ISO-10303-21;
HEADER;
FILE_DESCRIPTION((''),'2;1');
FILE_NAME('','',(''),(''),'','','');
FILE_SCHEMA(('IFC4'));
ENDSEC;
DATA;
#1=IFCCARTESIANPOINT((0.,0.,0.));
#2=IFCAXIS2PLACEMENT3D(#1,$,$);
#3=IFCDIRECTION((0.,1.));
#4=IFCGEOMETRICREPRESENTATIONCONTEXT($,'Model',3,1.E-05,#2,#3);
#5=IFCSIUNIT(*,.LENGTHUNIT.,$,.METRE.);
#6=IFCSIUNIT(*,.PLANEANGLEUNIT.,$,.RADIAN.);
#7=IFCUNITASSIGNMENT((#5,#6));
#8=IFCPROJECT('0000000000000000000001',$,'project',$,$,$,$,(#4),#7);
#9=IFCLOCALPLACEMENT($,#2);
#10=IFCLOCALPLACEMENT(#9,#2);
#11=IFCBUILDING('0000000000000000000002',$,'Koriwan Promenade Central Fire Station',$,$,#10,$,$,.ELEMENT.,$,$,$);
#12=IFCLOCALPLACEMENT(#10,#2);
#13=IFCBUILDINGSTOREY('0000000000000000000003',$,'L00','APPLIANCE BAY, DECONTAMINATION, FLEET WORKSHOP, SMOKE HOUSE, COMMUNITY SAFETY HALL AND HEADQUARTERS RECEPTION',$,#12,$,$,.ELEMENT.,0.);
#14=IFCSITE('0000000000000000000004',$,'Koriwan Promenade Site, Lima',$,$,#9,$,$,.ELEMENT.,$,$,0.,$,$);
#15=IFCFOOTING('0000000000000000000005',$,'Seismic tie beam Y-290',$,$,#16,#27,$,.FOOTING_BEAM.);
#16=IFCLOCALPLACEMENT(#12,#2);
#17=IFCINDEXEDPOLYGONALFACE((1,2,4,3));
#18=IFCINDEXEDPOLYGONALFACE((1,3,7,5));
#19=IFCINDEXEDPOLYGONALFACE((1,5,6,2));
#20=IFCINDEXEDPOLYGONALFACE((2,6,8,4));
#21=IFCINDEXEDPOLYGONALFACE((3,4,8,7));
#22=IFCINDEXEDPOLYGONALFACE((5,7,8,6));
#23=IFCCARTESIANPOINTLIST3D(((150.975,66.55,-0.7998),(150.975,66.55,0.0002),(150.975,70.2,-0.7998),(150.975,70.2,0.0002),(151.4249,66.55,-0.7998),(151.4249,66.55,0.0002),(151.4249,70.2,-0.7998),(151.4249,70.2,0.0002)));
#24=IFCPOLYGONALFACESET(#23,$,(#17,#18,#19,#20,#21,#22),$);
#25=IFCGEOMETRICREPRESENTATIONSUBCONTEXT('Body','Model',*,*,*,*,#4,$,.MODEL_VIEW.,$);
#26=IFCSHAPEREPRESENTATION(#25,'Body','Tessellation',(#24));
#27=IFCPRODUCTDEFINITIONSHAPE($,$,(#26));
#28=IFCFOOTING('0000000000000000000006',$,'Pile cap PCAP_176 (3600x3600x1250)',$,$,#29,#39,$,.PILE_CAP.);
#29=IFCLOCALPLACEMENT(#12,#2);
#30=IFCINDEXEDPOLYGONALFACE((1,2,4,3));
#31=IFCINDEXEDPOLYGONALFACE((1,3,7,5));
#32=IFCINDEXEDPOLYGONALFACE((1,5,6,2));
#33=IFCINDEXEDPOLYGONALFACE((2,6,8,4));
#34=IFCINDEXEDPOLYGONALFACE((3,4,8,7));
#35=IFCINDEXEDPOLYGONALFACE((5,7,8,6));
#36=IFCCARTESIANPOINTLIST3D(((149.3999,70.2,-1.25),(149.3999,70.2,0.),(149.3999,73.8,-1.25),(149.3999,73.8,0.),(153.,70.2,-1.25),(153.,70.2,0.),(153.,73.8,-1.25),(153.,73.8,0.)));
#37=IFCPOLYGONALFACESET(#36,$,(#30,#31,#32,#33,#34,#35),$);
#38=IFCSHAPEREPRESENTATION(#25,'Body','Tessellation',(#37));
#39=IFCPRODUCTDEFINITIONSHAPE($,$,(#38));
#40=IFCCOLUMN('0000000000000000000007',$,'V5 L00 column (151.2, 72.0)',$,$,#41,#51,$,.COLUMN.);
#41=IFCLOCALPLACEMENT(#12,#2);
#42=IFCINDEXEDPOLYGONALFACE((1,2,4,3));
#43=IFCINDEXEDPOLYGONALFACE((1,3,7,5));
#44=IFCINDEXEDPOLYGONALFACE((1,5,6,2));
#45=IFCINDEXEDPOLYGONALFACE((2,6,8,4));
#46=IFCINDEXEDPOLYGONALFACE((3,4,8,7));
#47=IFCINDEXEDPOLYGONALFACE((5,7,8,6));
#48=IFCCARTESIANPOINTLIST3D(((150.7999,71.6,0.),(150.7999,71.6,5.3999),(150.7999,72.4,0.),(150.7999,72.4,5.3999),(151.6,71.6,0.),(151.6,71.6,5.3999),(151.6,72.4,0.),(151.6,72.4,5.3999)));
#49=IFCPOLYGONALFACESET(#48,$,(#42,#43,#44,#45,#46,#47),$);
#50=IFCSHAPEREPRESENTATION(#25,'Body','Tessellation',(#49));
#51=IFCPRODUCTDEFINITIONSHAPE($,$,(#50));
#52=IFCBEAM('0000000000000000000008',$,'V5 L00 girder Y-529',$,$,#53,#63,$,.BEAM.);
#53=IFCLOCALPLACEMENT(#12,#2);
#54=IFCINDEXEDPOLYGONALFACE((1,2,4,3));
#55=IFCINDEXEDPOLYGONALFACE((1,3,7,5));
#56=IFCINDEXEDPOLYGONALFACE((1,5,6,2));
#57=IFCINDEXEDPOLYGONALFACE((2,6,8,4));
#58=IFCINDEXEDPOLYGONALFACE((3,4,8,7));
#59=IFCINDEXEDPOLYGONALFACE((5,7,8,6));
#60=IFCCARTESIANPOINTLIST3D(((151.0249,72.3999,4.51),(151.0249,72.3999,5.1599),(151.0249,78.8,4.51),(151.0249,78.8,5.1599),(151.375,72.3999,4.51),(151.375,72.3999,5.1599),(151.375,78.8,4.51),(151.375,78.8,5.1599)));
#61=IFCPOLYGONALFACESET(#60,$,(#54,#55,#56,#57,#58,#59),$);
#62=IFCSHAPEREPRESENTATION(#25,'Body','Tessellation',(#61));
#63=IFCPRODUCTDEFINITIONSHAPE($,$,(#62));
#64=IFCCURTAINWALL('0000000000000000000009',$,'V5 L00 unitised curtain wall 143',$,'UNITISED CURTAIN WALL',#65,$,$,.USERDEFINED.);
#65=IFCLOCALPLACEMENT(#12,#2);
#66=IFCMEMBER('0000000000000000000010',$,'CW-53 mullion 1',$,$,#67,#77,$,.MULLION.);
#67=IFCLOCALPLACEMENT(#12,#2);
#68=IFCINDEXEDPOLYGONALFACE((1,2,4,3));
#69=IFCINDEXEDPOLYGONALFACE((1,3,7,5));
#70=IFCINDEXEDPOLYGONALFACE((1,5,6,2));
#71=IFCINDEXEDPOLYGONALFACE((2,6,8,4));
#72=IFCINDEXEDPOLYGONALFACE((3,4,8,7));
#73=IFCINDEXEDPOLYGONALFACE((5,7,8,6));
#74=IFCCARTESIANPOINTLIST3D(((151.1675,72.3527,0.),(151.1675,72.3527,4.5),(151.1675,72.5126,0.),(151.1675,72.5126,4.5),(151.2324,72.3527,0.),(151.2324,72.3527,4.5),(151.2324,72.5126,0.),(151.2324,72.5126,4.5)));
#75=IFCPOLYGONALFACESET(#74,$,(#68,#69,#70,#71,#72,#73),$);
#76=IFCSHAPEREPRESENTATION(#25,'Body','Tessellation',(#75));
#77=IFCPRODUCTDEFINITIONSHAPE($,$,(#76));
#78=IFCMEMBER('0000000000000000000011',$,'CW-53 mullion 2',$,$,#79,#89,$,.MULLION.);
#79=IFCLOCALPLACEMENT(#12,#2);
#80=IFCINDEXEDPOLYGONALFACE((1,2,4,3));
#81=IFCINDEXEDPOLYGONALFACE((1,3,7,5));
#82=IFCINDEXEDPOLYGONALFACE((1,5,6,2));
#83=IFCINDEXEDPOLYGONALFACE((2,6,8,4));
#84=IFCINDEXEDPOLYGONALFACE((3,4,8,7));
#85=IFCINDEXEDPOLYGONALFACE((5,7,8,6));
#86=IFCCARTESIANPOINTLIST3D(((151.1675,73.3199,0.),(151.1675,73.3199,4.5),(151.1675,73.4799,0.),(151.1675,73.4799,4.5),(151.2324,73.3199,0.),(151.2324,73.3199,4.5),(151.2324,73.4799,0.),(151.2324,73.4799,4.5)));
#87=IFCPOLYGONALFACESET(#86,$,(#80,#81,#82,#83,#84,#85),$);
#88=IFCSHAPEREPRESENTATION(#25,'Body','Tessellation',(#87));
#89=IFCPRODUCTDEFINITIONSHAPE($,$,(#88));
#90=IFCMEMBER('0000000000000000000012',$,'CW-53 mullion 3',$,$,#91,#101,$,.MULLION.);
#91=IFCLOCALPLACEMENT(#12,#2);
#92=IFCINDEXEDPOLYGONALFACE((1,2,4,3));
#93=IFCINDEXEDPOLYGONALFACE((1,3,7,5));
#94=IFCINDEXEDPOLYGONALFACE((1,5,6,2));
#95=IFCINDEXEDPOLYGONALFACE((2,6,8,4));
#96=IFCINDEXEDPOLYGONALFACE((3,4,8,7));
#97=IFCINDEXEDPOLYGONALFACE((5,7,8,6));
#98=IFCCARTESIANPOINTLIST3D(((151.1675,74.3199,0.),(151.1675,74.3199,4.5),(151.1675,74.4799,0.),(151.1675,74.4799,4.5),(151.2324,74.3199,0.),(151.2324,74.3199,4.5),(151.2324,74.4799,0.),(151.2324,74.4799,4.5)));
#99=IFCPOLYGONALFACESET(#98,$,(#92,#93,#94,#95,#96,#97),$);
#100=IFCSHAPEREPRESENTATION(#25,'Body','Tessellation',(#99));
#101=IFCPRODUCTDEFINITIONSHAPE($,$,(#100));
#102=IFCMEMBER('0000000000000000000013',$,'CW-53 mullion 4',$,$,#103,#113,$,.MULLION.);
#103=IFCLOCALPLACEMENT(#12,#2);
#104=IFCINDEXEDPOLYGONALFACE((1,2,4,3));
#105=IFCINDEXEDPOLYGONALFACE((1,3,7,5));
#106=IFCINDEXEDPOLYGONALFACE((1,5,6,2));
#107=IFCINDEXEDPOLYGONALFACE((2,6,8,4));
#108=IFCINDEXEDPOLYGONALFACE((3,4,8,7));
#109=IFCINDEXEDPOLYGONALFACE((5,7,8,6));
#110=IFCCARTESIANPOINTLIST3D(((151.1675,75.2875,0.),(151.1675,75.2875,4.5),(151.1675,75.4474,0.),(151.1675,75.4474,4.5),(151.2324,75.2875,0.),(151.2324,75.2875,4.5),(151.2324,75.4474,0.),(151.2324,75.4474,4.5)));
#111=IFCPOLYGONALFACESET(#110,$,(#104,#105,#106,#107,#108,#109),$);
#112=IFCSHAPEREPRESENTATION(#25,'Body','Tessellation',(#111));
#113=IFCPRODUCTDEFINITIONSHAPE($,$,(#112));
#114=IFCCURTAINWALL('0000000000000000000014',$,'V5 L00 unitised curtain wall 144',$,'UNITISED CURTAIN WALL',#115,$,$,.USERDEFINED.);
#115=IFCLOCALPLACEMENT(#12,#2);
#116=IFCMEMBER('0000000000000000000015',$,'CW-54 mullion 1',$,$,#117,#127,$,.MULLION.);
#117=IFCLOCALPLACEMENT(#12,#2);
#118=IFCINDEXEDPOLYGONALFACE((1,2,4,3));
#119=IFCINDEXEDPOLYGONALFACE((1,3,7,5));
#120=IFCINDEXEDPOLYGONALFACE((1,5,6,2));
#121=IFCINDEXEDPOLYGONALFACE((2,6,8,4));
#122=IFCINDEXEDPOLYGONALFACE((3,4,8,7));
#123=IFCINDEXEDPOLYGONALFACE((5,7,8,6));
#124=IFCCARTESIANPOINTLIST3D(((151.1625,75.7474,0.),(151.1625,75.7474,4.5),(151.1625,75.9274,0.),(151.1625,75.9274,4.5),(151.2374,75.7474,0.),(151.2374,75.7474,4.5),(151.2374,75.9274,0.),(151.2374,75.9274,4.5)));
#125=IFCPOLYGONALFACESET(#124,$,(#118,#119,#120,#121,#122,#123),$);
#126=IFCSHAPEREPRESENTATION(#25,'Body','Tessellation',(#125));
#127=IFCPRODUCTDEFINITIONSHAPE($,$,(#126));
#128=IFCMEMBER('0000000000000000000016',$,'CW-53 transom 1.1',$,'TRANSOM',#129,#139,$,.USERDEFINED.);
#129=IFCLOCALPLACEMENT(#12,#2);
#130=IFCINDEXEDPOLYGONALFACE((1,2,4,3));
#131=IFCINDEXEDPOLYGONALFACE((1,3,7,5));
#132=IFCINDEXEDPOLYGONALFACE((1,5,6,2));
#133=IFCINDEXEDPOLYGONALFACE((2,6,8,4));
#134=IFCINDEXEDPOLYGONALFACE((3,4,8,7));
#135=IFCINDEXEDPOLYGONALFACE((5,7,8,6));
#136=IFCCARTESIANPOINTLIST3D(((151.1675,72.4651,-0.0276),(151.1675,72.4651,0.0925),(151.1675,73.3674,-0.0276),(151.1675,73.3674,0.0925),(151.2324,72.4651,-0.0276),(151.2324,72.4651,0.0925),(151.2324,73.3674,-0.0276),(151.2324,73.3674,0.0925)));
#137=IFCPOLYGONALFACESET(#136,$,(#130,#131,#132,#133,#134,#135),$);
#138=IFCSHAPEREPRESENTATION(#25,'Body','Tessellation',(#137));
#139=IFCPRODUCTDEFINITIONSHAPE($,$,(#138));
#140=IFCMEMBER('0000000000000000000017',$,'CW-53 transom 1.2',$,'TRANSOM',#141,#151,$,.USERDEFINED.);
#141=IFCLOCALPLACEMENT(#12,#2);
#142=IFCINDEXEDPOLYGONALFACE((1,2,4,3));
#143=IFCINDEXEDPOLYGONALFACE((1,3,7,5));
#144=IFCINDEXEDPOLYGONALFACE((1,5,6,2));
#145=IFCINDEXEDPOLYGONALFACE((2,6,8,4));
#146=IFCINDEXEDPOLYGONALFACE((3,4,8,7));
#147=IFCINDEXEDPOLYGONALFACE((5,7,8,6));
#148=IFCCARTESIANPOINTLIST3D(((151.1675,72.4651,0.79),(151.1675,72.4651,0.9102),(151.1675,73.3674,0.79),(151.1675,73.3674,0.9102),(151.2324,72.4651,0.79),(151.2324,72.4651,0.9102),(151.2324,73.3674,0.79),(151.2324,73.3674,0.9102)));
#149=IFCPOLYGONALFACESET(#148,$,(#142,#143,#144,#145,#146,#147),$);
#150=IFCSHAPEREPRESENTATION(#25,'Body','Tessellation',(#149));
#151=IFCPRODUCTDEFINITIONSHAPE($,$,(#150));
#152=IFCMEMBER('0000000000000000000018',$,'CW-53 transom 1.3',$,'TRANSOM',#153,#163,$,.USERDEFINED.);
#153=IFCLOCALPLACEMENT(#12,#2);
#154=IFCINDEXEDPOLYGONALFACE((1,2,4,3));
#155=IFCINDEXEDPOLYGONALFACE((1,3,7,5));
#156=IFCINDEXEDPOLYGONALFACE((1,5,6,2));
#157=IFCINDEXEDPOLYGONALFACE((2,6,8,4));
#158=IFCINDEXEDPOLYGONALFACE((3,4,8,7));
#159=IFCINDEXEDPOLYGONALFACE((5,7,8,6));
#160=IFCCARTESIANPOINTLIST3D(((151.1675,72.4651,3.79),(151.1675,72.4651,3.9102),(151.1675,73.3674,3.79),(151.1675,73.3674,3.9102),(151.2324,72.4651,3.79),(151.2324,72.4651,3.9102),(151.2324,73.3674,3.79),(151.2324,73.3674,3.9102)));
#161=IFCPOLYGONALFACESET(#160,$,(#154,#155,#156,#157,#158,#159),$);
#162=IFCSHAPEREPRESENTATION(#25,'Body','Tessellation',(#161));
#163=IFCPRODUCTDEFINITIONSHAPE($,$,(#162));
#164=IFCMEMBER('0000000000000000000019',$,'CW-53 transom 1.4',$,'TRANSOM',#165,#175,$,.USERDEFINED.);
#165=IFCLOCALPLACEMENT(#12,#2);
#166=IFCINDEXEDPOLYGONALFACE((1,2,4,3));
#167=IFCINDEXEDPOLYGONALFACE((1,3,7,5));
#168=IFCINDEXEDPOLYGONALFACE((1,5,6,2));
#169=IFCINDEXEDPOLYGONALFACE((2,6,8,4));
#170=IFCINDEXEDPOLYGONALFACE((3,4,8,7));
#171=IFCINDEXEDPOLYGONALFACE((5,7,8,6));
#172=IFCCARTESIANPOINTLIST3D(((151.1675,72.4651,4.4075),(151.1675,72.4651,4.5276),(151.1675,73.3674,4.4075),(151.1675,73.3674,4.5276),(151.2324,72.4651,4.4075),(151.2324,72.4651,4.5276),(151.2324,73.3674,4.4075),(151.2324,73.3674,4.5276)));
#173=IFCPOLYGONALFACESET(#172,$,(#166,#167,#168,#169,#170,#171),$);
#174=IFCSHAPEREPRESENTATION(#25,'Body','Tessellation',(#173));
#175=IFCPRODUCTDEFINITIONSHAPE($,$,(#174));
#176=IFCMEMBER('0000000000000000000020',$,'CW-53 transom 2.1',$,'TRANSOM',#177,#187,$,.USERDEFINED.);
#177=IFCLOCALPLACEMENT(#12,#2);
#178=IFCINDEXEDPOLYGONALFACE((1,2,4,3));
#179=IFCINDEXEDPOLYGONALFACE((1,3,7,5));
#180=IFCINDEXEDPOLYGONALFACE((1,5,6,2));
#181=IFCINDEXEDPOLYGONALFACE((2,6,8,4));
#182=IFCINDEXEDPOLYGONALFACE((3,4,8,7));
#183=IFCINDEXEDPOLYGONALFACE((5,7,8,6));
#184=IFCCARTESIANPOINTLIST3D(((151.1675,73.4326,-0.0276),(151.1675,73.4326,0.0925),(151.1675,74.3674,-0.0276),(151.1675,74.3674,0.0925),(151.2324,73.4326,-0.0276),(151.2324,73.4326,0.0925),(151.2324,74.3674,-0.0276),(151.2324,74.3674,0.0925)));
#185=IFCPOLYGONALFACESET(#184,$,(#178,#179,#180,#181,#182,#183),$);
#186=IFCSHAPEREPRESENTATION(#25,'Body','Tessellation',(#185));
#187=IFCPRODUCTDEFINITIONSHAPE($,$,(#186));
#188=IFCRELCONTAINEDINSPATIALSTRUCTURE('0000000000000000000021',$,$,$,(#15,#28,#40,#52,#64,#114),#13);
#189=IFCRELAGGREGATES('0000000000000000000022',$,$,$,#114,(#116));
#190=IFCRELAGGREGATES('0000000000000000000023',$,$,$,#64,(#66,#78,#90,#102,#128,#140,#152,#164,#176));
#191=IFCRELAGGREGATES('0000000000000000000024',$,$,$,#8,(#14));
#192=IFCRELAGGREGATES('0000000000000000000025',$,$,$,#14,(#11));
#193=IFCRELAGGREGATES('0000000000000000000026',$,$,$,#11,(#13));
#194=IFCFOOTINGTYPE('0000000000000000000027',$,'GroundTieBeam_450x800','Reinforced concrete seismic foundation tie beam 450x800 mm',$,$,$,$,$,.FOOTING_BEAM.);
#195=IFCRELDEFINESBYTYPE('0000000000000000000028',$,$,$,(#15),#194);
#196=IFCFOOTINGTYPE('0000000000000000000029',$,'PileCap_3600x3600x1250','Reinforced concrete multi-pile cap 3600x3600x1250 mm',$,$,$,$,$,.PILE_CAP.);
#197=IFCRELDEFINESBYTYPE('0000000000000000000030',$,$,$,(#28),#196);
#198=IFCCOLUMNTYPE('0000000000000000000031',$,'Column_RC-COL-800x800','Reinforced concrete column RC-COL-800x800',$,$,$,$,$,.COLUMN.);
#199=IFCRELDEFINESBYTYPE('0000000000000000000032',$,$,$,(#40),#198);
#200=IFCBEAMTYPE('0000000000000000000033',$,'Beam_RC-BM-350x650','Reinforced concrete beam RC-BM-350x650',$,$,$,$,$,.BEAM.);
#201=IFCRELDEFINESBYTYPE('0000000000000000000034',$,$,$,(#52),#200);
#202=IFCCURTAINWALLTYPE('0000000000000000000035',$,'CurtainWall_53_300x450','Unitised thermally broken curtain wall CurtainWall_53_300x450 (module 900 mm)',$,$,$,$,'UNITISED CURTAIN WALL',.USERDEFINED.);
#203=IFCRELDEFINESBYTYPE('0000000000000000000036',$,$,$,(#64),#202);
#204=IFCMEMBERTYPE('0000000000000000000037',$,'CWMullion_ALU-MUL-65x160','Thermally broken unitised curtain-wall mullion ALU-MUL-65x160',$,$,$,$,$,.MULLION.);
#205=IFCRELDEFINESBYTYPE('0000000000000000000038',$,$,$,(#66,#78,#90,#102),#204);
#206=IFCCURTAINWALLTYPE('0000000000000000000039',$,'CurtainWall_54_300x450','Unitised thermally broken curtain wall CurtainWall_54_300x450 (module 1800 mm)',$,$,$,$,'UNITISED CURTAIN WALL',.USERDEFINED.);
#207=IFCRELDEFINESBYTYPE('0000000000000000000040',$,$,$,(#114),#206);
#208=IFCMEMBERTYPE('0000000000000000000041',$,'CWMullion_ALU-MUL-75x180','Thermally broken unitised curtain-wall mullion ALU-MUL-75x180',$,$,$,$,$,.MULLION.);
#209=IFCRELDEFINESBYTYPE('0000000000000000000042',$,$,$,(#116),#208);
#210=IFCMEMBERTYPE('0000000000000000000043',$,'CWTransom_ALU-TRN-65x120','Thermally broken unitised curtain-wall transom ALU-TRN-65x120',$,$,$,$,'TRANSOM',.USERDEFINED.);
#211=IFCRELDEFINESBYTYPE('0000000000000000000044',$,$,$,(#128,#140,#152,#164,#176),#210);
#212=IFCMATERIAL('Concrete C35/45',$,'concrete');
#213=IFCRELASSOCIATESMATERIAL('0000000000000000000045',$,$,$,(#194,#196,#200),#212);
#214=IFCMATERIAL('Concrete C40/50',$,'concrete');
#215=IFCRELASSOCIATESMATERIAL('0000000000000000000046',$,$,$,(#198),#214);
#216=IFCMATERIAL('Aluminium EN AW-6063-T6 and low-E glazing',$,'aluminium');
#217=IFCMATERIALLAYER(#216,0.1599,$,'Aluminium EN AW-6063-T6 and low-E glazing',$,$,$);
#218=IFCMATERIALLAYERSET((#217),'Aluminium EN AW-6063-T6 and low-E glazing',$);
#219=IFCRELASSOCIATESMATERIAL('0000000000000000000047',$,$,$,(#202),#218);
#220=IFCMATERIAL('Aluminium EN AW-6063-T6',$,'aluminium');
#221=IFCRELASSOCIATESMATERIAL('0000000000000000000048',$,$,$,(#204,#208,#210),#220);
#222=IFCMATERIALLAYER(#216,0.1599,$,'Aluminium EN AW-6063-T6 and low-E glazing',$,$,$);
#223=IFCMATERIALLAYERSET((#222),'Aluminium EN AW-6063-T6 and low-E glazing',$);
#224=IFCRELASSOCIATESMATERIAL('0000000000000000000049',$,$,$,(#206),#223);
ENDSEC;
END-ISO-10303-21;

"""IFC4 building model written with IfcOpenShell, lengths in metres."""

from ifc_helpers import new_model, si_unit, direction, frame, origin, origin_2d, place, context, subcontext, project, spatial, rectangle, extrude, material, layer, layer_set, material_profile, profile_set, type_object, element, aggregate, save


model = new_model("IFC4")

# Units and contexts
model_context = context("Model", 3, precision=1e-05, world=origin(), true_north=direction((0.0, 1.0)))
body_context = subcontext(model_context, "Body", "Model", "MODEL_VIEW")
ifc_project = project(units=[si_unit("LENGTHUNIT", "METRE"), si_unit("PLANEANGLEUNIT", "RADIAN")], contexts=[model_context])

# Site, building, storey
site_placement = place(None, origin())
site = spatial("IfcSite", under=ifc_project, at=site_placement, Name="Koriwan Promenade Site, Lima", CompositionType="ELEMENT", RefElevation=0.0)
building_placement = place(site_placement, origin())
building = spatial("IfcBuilding", under=site, at=building_placement, Name="Koriwan Promenade Central Fire Station", CompositionType="ELEMENT")
storey_placement = place(building_placement, origin())
storey = spatial("IfcBuildingStorey", under=building, at=storey_placement, Name="L00", Description="APPLIANCE BAY, DECONTAMINATION, FLEET WORKSHOP, SMOKE HOUSE, COMMUNITY SAFETY HALL AND HEADQUARTERS RECEPTION", CompositionType="ELEMENT", Elevation=0.0)

# Footings
ifc_material_1 = material(Name="Concrete C35/45", Category="concrete")
footing_type_1 = type_object("IfcFootingType", Name="GroundTieBeam_450x800", Description="Reinforced concrete seismic foundation tie beam 450x800 mm", PredefinedType="FOOTING_BEAM", material=ifc_material_1)
footing_1_placement = place(storey_placement, frame((151.2, 68.375, -0.7998), z_axis=(0.0, 0.0, 1.0), x_axis=(0.0, 1.0, 0.0)))
element("IfcFooting", 1, at=footing_1_placement, inside=storey, type_object=footing_type_1, Name="Seismic tie beam Y-290", PredefinedType="FOOTING_BEAM", context=body_context, shape_type="SweptSolid", body=[
    extrude(rectangle(XDim=3.6499, YDim=0.45, at=origin_2d()), origin(), (0.0, 0.0, 1.0), 0.8),
])
footing_type_2 = type_object("IfcFootingType", Name="PileCap_3600x3600x1250", Description="Reinforced concrete multi-pile cap 3600x3600x1250 mm", PredefinedType="PILE_CAP", material=ifc_material_1)
footing_2_placement = place(storey_placement, frame((151.2, 72.0, -1.25), z_axis=(0.0, 0.0, 1.0), x_axis=(1.0, 0.0, 0.0)))
element("IfcFooting", 2, at=footing_2_placement, inside=storey, type_object=footing_type_2, Name="Pile cap PCAP_176 (3600x3600x1250)", PredefinedType="PILE_CAP", context=body_context, shape_type="SweptSolid", body=[
    extrude(rectangle(XDim=3.6001, YDim=3.6001, at=origin_2d()), origin(), (0.0, 0.0, 1.0), 1.25),
])

# Column
ifc_material_2 = material(Name="Concrete C40/50", Category="concrete")
ifc_material_profile_1 = material_profile(ifc_material_2, rectangle(XDim=0.8, YDim=0.8, at=origin_2d()), Name="RC-COL-800x800")
ifc_profile_set_1 = profile_set([ifc_material_profile_1], Name="Concrete C40/50")
column_type = type_object("IfcColumnType", Name="Column_RC-COL-800x800", Description="Reinforced concrete column RC-COL-800x800", PredefinedType="COLUMN", material=ifc_profile_set_1)
column_placement = place(storey_placement, frame((151.2, 72.0, 0.0), z_axis=(0.0, 0.0, 1.0), x_axis=(1.0, 0.0, 0.0)))
element("IfcColumn", 3, at=column_placement, inside=storey, type_object=column_type, Name="V5 L00 column (151.2, 72.0)", PredefinedType="COLUMN", context=body_context, shape_type="SweptSolid", body=[
    extrude(rectangle(XDim=0.8, YDim=0.8, at=origin_2d()), origin(), (0.0, 0.0, 1.0), 5.3999),
])

# Beam
ifc_material_profile_2 = material_profile(ifc_material_1, rectangle(XDim=0.3501, YDim=0.6499, at=origin_2d()), Name="RC-BM-350x650")
ifc_profile_set_2 = profile_set([ifc_material_profile_2], Name="Concrete C35/45")
beam_type = type_object("IfcBeamType", Name="Beam_RC-BM-350x650", Description="Reinforced concrete beam RC-BM-350x650", PredefinedType="BEAM", material=ifc_profile_set_2)
beam_placement = place(storey_placement, frame((151.2, 72.3999, 4.835), z_axis=(0.0, 1.0, 0.0), x_axis=(-1.0, 0.0, 0.0)))
element("IfcBeam", 4, at=beam_placement, inside=storey, type_object=beam_type, Name="V5 L00 girder Y-529", PredefinedType="BEAM", context=body_context, shape_type="SweptSolid", body=[
    extrude(rectangle(XDim=0.3501, YDim=0.6499, at=origin_2d()), origin(), (0.0, 0.0, 1.0), 6.4001),
])

# Curtain wall, members
ifc_material_3 = material(Name="Aluminium EN AW-6063-T6 and low-E glazing", Category="aluminium")
ifc_layer_1 = layer(ifc_material_3, 0.1599, Name="Aluminium EN AW-6063-T6 and low-E glazing")
ifc_layer_set_1 = layer_set([ifc_layer_1], Name="Aluminium EN AW-6063-T6 and low-E glazing")
curtain_wall_type_1 = type_object("IfcCurtainWallType", Name="CurtainWall_53_300x450", Description="Unitised thermally broken curtain wall CurtainWall_53_300x450 (module 900 mm)", ElementType="UNITISED CURTAIN WALL", PredefinedType="USERDEFINED", material=ifc_layer_set_1)
curtain_wall_1_placement = place(storey_placement, origin())
curtain_wall_1 = element("IfcCurtainWall", 5, at=curtain_wall_1_placement, inside=storey, type_object=curtain_wall_type_1, Name="V5 L00 unitised curtain wall 143", ObjectType="UNITISED CURTAIN WALL", PredefinedType="USERDEFINED")
ifc_material_4 = material(Name="Aluminium EN AW-6063-T6", Category="aluminium")
ifc_material_profile_3 = material_profile(ifc_material_4, rectangle(XDim=0.0649, YDim=0.1599, at=origin_2d()), Name="ALU-MUL-65x160")
ifc_profile_set_3 = profile_set([ifc_material_profile_3], Name="Aluminium EN AW-6063-T6")
member_type_1 = type_object("IfcMemberType", Name="CWMullion_ALU-MUL-65x160", Description="Thermally broken unitised curtain-wall mullion ALU-MUL-65x160", PredefinedType="MULLION", material=ifc_profile_set_3)
member_1_placement = place(storey_placement, frame((151.2, 72.4326, 0.0), z_axis=(0.0, 0.0, 1.0), x_axis=(-1.0, 0.0, 0.0)))
member_1 = element("IfcMember", 6, at=member_1_placement, type_object=member_type_1, Name="CW-53 mullion 1", PredefinedType="MULLION", context=body_context, shape_type="SweptSolid", body=[
    extrude(rectangle(XDim=0.0649, YDim=0.1599, at=origin_2d()), origin(), (0.0, 0.0, 1.0), 4.5),
])
member_2_placement = place(storey_placement, frame((151.2, 73.3999, 0.0), z_axis=(0.0, 0.0, 1.0), x_axis=(-1.0, 0.0, 0.0)))
member_2 = element("IfcMember", 7, at=member_2_placement, type_object=member_type_1, Name="CW-53 mullion 2", PredefinedType="MULLION", context=body_context, shape_type="SweptSolid", body=[
    extrude(rectangle(XDim=0.0649, YDim=0.1599, at=origin_2d()), origin(), (0.0, 0.0, 1.0), 4.5),
])
member_3_placement = place(storey_placement, frame((151.2, 74.3999, 0.0), z_axis=(0.0, 0.0, 1.0), x_axis=(-1.0, 0.0, 0.0)))
member_3 = element("IfcMember", 8, at=member_3_placement, type_object=member_type_1, Name="CW-53 mullion 3", PredefinedType="MULLION", context=body_context, shape_type="SweptSolid", body=[
    extrude(rectangle(XDim=0.0649, YDim=0.1599, at=origin_2d()), origin(), (0.0, 0.0, 1.0), 4.5),
])
member_4_placement = place(storey_placement, frame((151.2, 75.3674, 0.0), z_axis=(0.0, 0.0, 1.0), x_axis=(-1.0, 0.0, 0.0)))
member_4 = element("IfcMember", 9, at=member_4_placement, type_object=member_type_1, Name="CW-53 mullion 4", PredefinedType="MULLION", context=body_context, shape_type="SweptSolid", body=[
    extrude(rectangle(XDim=0.0649, YDim=0.1599, at=origin_2d()), origin(), (0.0, 0.0, 1.0), 4.5),
])

# Curtain wall, member
ifc_layer_2 = layer(ifc_material_3, 0.1599, Name="Aluminium EN AW-6063-T6 and low-E glazing")
ifc_layer_set_2 = layer_set([ifc_layer_2], Name="Aluminium EN AW-6063-T6 and low-E glazing")
curtain_wall_type_2 = type_object("IfcCurtainWallType", Name="CurtainWall_54_300x450", Description="Unitised thermally broken curtain wall CurtainWall_54_300x450 (module 1800 mm)", ElementType="UNITISED CURTAIN WALL", PredefinedType="USERDEFINED", material=ifc_layer_set_2)
curtain_wall_2_placement = place(storey_placement, origin())
curtain_wall_2 = element("IfcCurtainWall", 10, at=curtain_wall_2_placement, inside=storey, type_object=curtain_wall_type_2, Name="V5 L00 unitised curtain wall 144", ObjectType="UNITISED CURTAIN WALL", PredefinedType="USERDEFINED")
ifc_material_profile_4 = material_profile(ifc_material_4, rectangle(XDim=0.075, YDim=0.1799, at=origin_2d()), Name="ALU-MUL-75x180")
ifc_profile_set_4 = profile_set([ifc_material_profile_4], Name="Aluminium EN AW-6063-T6")
member_type_2 = type_object("IfcMemberType", Name="CWMullion_ALU-MUL-75x180", Description="Thermally broken unitised curtain-wall mullion ALU-MUL-75x180", PredefinedType="MULLION", material=ifc_profile_set_4)
member_5_placement = place(storey_placement, frame((151.2, 75.8374, 0.0), z_axis=(0.0, 0.0, 1.0), x_axis=(-1.0, 0.0, 0.0)))
member_5 = element("IfcMember", 11, at=member_5_placement, type_object=member_type_2, Name="CW-54 mullion 1", PredefinedType="MULLION", context=body_context, shape_type="SweptSolid", body=[
    extrude(rectangle(XDim=0.075, YDim=0.1799, at=origin_2d()), origin(), (0.0, 0.0, 1.0), 4.5),
])

# Members
ifc_material_profile_5 = material_profile(ifc_material_4, rectangle(XDim=0.0649, YDim=0.1201, at=origin_2d()), Name="ALU-TRN-65x120")
ifc_profile_set_5 = profile_set([ifc_material_profile_5], Name="Aluminium EN AW-6063-T6")
member_type_3 = type_object("IfcMemberType", Name="CWTransom_ALU-TRN-65x120", Description="Thermally broken unitised curtain-wall transom ALU-TRN-65x120", ElementType="TRANSOM", PredefinedType="USERDEFINED", material=ifc_profile_set_5)
member_6_placement = place(storey_placement, frame((151.2, 72.4651, 0.0325), z_axis=(0.0, 1.0, 0.0), x_axis=(-1.0, 0.0, 0.0)))
member_6 = element("IfcMember", 12, at=member_6_placement, type_object=member_type_3, Name="CW-53 transom 1.1", ObjectType="TRANSOM", PredefinedType="USERDEFINED", context=body_context, shape_type="SweptSolid", body=[
    extrude(rectangle(XDim=0.0649, YDim=0.1201, at=origin_2d()), origin(), (0.0, 0.0, 1.0), 0.9023),
])
member_7_placement = place(storey_placement, frame((151.2, 72.4651, 0.8501), z_axis=(0.0, 1.0, 0.0), x_axis=(-1.0, 0.0, 0.0)))
member_7 = element("IfcMember", 13, at=member_7_placement, type_object=member_type_3, Name="CW-53 transom 1.2", ObjectType="TRANSOM", PredefinedType="USERDEFINED", context=body_context, shape_type="SweptSolid", body=[
    extrude(rectangle(XDim=0.0649, YDim=0.1201, at=origin_2d()), origin(), (0.0, 0.0, 1.0), 0.9023),
])
member_8_placement = place(storey_placement, frame((151.2, 72.4651, 3.8501), z_axis=(0.0, 1.0, 0.0), x_axis=(-1.0, 0.0, 0.0)))
member_8 = element("IfcMember", 14, at=member_8_placement, type_object=member_type_3, Name="CW-53 transom 1.3", ObjectType="TRANSOM", PredefinedType="USERDEFINED", context=body_context, shape_type="SweptSolid", body=[
    extrude(rectangle(XDim=0.0649, YDim=0.1201, at=origin_2d()), origin(), (0.0, 0.0, 1.0), 0.9023),
])
member_9_placement = place(storey_placement, frame((151.2, 72.4651, 4.4675), z_axis=(0.0, 1.0, 0.0), x_axis=(-1.0, 0.0, 0.0)))
member_9 = element("IfcMember", 15, at=member_9_placement, type_object=member_type_3, Name="CW-53 transom 1.4", ObjectType="TRANSOM", PredefinedType="USERDEFINED", context=body_context, shape_type="SweptSolid", body=[
    extrude(rectangle(XDim=0.0649, YDim=0.1201, at=origin_2d()), origin(), (0.0, 0.0, 1.0), 0.9023),
])
member_10_placement = place(storey_placement, frame((151.2, 73.4326, 0.0325), z_axis=(0.0, 1.0, 0.0), x_axis=(-1.0, 0.0, 0.0)))
member_10 = element("IfcMember", 16, at=member_10_placement, type_object=member_type_3, Name="CW-53 transom 2.1", ObjectType="TRANSOM", PredefinedType="USERDEFINED", context=body_context, shape_type="SweptSolid", body=[
    extrude(rectangle(XDim=0.0649, YDim=0.1201, at=origin_2d()), origin(), (0.0, 0.0, 1.0), 0.9348),
])
aggregate(curtain_wall_2, [member_5])

aggregate(curtain_wall_1, [member_1, member_2, member_3, member_4, member_6, member_7, member_8, member_9, member_10])

save(model, "model.ifc")
